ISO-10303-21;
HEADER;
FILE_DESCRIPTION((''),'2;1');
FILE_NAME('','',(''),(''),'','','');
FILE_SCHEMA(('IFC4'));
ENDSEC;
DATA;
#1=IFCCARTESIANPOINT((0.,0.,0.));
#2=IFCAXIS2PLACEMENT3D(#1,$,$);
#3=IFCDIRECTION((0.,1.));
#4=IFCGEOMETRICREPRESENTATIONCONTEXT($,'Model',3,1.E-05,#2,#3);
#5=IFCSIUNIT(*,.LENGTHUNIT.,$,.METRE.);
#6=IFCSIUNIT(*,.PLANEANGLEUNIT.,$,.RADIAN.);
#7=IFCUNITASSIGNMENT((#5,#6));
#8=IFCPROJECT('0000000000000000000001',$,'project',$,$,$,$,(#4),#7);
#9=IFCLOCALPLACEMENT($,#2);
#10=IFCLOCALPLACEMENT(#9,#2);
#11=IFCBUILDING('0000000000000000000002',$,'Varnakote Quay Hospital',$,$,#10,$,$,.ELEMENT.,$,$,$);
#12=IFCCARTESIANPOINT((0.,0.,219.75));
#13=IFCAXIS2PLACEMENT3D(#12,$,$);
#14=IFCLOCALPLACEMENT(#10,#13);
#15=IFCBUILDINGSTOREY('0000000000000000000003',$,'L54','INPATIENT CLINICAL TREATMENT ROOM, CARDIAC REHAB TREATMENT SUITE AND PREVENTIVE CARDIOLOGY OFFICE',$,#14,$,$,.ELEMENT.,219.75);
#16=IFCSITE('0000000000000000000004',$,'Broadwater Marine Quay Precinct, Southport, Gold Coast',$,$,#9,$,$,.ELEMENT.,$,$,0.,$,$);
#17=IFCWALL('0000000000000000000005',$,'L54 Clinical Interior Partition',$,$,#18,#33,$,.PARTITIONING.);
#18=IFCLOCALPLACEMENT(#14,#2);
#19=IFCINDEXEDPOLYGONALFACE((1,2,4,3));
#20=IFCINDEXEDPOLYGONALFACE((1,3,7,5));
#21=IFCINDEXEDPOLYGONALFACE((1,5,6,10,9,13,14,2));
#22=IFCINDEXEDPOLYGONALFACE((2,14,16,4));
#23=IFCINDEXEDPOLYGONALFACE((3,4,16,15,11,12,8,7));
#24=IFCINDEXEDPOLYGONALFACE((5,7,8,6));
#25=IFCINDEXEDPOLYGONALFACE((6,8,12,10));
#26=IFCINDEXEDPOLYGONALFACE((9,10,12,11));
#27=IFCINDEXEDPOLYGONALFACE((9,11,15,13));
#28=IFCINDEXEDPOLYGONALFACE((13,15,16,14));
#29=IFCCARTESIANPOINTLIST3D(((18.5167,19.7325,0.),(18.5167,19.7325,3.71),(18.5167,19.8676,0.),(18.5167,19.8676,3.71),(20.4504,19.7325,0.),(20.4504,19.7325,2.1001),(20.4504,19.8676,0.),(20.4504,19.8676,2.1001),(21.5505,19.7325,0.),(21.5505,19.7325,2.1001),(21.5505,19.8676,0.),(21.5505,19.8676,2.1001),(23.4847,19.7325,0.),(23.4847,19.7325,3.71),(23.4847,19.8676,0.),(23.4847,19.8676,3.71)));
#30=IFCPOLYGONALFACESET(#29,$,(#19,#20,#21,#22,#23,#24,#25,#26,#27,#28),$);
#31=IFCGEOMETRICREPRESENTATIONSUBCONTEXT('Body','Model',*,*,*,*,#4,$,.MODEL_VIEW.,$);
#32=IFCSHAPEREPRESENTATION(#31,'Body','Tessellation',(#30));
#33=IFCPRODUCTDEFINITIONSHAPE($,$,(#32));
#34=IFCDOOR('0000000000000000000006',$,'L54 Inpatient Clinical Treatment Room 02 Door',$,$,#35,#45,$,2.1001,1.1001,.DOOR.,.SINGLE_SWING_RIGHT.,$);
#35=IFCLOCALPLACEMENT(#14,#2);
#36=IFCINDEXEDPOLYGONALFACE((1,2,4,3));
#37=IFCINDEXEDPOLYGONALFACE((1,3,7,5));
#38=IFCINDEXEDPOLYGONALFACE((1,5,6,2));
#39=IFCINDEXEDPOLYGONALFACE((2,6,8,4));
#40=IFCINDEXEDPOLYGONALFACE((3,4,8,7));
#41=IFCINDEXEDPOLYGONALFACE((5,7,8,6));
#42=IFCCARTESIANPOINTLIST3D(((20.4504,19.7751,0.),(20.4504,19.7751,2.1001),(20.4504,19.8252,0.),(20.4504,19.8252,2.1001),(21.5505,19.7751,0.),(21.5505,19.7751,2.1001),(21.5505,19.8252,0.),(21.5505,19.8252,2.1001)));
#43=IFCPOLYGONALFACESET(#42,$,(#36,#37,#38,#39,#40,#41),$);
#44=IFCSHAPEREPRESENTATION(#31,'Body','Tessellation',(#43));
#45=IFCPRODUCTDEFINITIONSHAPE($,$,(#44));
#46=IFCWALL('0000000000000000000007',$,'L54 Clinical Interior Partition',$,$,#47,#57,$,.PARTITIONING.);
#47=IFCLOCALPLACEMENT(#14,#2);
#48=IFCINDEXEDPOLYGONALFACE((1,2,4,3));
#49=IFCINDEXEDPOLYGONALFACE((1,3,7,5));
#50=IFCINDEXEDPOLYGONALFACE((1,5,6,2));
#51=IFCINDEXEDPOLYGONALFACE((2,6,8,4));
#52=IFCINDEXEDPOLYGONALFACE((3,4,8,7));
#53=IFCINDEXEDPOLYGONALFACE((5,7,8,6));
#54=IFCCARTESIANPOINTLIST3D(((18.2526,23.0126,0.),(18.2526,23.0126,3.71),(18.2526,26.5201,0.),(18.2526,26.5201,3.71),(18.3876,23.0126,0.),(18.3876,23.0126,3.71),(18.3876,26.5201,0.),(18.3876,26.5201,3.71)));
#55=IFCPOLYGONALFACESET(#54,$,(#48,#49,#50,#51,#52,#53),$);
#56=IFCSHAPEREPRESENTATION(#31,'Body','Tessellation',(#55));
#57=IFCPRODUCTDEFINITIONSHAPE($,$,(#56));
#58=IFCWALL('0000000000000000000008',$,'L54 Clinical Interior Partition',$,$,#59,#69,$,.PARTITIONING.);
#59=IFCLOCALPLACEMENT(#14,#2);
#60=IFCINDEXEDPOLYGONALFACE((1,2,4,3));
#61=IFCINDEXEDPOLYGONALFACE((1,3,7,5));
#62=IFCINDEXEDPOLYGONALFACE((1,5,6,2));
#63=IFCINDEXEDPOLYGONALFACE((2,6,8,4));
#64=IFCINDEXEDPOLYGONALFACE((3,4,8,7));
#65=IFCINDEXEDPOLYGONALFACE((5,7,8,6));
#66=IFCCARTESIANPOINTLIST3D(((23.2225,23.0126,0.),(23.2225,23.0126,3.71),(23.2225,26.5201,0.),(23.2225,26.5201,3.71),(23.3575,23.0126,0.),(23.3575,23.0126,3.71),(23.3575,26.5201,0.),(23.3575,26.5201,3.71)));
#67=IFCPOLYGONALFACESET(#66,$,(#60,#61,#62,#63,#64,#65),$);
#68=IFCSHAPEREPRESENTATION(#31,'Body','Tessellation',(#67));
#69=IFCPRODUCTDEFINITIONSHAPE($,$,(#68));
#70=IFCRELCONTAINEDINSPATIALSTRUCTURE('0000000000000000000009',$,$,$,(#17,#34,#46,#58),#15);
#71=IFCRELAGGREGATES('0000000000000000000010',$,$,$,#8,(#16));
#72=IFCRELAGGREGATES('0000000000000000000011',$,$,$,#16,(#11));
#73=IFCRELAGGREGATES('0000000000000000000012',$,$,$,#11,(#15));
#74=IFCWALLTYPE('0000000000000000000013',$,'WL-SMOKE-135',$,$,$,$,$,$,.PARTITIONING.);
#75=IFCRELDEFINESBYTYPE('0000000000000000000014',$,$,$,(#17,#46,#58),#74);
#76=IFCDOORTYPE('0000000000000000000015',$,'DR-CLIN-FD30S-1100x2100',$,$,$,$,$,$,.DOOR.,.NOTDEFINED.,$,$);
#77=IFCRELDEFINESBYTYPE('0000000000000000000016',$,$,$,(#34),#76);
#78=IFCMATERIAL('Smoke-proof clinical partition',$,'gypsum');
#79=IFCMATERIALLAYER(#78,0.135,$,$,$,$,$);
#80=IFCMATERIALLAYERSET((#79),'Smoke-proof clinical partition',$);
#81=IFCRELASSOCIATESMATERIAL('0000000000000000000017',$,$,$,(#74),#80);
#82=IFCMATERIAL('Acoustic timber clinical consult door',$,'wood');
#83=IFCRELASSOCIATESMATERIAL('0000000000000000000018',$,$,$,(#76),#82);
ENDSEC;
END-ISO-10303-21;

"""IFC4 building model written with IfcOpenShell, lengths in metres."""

from ifc_helpers import new_model, si_unit, direction, frame, frame_2d, origin, place, context, subcontext, project, spatial, rectangle, extrude, material, layer, layer_set, type_object, element, fill, save


model = new_model("IFC4")

# Units and contexts
model_context = context("Model", 3, precision=1e-05, world=origin(), true_north=direction((0.0, 1.0)))
body_context = subcontext(model_context, "Body", "Model", "MODEL_VIEW")
ifc_project = project(units=[si_unit("LENGTHUNIT", "METRE"), si_unit("PLANEANGLEUNIT", "RADIAN")], contexts=[model_context])

# Site, building, storey
site_placement = place(None, origin())
site = spatial("IfcSite", under=ifc_project, at=site_placement, Name="Broadwater Marine Quay Precinct, Southport, Gold Coast", CompositionType="ELEMENT", RefElevation=0.0)
building_placement = place(site_placement, origin())
building = spatial("IfcBuilding", under=site, at=building_placement, Name="Varnakote Quay Hospital", CompositionType="ELEMENT")
storey_placement = place(building_placement, frame((0.0, 0.0, 219.75)))
storey = spatial("IfcBuildingStorey", under=building, at=storey_placement, Name="L54", Description="INPATIENT CLINICAL TREATMENT ROOM, CARDIAC REHAB TREATMENT SUITE AND PREVENTIVE CARDIOLOGY OFFICE", CompositionType="ELEMENT", Elevation=219.75)

# Shared definitions
ifc_material_1 = material(Name="Smoke-proof clinical partition", Category="gypsum")
ifc_layer_1 = layer(ifc_material_1, 0.135)
ifc_layer_set_1 = layer_set([ifc_layer_1], Name="Smoke-proof clinical partition")
wall_type_1 = type_object("IfcWallType", Name="WL-SMOKE-135", PredefinedType="PARTITIONING", material=ifc_layer_set_1)

# Wall, opening, door
wall_1_placement = place(storey_placement, frame((23.4846, 19.8, 0.0), z_axis=(0.0, 0.0, 1.0), x_axis=(-1.0, 0.0, 0.0)))
wall_1 = element("IfcWall", 1, at=wall_1_placement, inside=storey, type_object=wall_type_1, Name="L54 Clinical Interior Partition", PredefinedType="PARTITIONING", context=body_context, shape_type="SweptSolid", body=[
    extrude(rectangle(XDim=4.968, YDim=0.135, at=frame_2d((2.4839, 0.0))), origin(), (0.0, 0.0, 1.0), 3.71),
])
opening_1_placement = place(wall_1_placement, frame((1.9341, 0.0, 0.0)))
opening_1 = element("IfcOpeningElement", 2, at=opening_1_placement, cuts=wall_1, PredefinedType="OPENING", context=body_context, shape_type="SweptSolid", body=[
    extrude(rectangle(XDim=1.1001, YDim=2.1001, at=frame_2d((0.55, 1.05))), frame((0.0, 0.0774, 0.0), z_axis=(0.0, -1.0, 0.0), x_axis=(1.0, 0.0, 0.0)), (0.0, 0.0, 1.0), 0.155),
])
ifc_material_2 = material(Name="Acoustic timber clinical consult door", Category="wood")
door_type_1 = type_object("IfcDoorType", Name="DR-CLIN-FD30S-1100x2100", OperationType="NOTDEFINED", PredefinedType="DOOR", material=ifc_material_2)
door_1_placement = place(opening_1_placement, origin())
door_1 = element("IfcDoor", 3, at=door_1_placement, inside=storey, type_object=door_type_1, Name="L54 Inpatient Clinical Treatment Room 02 Door", OperationType="SINGLE_SWING_RIGHT", OverallHeight=2.1001, OverallWidth=1.1001, PredefinedType="DOOR", context=body_context, shape_type="SweptSolid", body=[
    extrude(rectangle(XDim=1.1001, YDim=2.1001, at=frame_2d((0.55, 1.05))), frame((0.0, 0.0249, 0.0), z_axis=(0.0, -1.0, 0.0), x_axis=(1.0, 0.0, 0.0)), (0.0, 0.0, 1.0), 0.05),
])
fill(opening_1, door_1)

# Walls
for number, where, z_axis, x_axis, name in (
    (4, (18.3201, 23.0125, 0.0), (0.0, 0.0, 1.0), (0.0, 1.0, 0.0), "L54 Clinical Interior Partition"),
    (5, (23.29, 23.0125, 0.0), (0.0, 0.0, 1.0), (0.0, 1.0, 0.0), "L54 Clinical Interior Partition"),
):
    element("IfcWall", number, at=place(storey_placement, frame(where, z_axis=z_axis, x_axis=x_axis)), inside=storey, type_object=wall_type_1, Name=name, PredefinedType="PARTITIONING", context=body_context, shape_type="SweptSolid", body=[
        extrude(rectangle(XDim=3.5076, YDim=0.135, at=frame_2d((1.7539, 0.0))), origin(), (0.0, 0.0, 1.0), 3.71),
    ])

save(model, "model.ifc")
